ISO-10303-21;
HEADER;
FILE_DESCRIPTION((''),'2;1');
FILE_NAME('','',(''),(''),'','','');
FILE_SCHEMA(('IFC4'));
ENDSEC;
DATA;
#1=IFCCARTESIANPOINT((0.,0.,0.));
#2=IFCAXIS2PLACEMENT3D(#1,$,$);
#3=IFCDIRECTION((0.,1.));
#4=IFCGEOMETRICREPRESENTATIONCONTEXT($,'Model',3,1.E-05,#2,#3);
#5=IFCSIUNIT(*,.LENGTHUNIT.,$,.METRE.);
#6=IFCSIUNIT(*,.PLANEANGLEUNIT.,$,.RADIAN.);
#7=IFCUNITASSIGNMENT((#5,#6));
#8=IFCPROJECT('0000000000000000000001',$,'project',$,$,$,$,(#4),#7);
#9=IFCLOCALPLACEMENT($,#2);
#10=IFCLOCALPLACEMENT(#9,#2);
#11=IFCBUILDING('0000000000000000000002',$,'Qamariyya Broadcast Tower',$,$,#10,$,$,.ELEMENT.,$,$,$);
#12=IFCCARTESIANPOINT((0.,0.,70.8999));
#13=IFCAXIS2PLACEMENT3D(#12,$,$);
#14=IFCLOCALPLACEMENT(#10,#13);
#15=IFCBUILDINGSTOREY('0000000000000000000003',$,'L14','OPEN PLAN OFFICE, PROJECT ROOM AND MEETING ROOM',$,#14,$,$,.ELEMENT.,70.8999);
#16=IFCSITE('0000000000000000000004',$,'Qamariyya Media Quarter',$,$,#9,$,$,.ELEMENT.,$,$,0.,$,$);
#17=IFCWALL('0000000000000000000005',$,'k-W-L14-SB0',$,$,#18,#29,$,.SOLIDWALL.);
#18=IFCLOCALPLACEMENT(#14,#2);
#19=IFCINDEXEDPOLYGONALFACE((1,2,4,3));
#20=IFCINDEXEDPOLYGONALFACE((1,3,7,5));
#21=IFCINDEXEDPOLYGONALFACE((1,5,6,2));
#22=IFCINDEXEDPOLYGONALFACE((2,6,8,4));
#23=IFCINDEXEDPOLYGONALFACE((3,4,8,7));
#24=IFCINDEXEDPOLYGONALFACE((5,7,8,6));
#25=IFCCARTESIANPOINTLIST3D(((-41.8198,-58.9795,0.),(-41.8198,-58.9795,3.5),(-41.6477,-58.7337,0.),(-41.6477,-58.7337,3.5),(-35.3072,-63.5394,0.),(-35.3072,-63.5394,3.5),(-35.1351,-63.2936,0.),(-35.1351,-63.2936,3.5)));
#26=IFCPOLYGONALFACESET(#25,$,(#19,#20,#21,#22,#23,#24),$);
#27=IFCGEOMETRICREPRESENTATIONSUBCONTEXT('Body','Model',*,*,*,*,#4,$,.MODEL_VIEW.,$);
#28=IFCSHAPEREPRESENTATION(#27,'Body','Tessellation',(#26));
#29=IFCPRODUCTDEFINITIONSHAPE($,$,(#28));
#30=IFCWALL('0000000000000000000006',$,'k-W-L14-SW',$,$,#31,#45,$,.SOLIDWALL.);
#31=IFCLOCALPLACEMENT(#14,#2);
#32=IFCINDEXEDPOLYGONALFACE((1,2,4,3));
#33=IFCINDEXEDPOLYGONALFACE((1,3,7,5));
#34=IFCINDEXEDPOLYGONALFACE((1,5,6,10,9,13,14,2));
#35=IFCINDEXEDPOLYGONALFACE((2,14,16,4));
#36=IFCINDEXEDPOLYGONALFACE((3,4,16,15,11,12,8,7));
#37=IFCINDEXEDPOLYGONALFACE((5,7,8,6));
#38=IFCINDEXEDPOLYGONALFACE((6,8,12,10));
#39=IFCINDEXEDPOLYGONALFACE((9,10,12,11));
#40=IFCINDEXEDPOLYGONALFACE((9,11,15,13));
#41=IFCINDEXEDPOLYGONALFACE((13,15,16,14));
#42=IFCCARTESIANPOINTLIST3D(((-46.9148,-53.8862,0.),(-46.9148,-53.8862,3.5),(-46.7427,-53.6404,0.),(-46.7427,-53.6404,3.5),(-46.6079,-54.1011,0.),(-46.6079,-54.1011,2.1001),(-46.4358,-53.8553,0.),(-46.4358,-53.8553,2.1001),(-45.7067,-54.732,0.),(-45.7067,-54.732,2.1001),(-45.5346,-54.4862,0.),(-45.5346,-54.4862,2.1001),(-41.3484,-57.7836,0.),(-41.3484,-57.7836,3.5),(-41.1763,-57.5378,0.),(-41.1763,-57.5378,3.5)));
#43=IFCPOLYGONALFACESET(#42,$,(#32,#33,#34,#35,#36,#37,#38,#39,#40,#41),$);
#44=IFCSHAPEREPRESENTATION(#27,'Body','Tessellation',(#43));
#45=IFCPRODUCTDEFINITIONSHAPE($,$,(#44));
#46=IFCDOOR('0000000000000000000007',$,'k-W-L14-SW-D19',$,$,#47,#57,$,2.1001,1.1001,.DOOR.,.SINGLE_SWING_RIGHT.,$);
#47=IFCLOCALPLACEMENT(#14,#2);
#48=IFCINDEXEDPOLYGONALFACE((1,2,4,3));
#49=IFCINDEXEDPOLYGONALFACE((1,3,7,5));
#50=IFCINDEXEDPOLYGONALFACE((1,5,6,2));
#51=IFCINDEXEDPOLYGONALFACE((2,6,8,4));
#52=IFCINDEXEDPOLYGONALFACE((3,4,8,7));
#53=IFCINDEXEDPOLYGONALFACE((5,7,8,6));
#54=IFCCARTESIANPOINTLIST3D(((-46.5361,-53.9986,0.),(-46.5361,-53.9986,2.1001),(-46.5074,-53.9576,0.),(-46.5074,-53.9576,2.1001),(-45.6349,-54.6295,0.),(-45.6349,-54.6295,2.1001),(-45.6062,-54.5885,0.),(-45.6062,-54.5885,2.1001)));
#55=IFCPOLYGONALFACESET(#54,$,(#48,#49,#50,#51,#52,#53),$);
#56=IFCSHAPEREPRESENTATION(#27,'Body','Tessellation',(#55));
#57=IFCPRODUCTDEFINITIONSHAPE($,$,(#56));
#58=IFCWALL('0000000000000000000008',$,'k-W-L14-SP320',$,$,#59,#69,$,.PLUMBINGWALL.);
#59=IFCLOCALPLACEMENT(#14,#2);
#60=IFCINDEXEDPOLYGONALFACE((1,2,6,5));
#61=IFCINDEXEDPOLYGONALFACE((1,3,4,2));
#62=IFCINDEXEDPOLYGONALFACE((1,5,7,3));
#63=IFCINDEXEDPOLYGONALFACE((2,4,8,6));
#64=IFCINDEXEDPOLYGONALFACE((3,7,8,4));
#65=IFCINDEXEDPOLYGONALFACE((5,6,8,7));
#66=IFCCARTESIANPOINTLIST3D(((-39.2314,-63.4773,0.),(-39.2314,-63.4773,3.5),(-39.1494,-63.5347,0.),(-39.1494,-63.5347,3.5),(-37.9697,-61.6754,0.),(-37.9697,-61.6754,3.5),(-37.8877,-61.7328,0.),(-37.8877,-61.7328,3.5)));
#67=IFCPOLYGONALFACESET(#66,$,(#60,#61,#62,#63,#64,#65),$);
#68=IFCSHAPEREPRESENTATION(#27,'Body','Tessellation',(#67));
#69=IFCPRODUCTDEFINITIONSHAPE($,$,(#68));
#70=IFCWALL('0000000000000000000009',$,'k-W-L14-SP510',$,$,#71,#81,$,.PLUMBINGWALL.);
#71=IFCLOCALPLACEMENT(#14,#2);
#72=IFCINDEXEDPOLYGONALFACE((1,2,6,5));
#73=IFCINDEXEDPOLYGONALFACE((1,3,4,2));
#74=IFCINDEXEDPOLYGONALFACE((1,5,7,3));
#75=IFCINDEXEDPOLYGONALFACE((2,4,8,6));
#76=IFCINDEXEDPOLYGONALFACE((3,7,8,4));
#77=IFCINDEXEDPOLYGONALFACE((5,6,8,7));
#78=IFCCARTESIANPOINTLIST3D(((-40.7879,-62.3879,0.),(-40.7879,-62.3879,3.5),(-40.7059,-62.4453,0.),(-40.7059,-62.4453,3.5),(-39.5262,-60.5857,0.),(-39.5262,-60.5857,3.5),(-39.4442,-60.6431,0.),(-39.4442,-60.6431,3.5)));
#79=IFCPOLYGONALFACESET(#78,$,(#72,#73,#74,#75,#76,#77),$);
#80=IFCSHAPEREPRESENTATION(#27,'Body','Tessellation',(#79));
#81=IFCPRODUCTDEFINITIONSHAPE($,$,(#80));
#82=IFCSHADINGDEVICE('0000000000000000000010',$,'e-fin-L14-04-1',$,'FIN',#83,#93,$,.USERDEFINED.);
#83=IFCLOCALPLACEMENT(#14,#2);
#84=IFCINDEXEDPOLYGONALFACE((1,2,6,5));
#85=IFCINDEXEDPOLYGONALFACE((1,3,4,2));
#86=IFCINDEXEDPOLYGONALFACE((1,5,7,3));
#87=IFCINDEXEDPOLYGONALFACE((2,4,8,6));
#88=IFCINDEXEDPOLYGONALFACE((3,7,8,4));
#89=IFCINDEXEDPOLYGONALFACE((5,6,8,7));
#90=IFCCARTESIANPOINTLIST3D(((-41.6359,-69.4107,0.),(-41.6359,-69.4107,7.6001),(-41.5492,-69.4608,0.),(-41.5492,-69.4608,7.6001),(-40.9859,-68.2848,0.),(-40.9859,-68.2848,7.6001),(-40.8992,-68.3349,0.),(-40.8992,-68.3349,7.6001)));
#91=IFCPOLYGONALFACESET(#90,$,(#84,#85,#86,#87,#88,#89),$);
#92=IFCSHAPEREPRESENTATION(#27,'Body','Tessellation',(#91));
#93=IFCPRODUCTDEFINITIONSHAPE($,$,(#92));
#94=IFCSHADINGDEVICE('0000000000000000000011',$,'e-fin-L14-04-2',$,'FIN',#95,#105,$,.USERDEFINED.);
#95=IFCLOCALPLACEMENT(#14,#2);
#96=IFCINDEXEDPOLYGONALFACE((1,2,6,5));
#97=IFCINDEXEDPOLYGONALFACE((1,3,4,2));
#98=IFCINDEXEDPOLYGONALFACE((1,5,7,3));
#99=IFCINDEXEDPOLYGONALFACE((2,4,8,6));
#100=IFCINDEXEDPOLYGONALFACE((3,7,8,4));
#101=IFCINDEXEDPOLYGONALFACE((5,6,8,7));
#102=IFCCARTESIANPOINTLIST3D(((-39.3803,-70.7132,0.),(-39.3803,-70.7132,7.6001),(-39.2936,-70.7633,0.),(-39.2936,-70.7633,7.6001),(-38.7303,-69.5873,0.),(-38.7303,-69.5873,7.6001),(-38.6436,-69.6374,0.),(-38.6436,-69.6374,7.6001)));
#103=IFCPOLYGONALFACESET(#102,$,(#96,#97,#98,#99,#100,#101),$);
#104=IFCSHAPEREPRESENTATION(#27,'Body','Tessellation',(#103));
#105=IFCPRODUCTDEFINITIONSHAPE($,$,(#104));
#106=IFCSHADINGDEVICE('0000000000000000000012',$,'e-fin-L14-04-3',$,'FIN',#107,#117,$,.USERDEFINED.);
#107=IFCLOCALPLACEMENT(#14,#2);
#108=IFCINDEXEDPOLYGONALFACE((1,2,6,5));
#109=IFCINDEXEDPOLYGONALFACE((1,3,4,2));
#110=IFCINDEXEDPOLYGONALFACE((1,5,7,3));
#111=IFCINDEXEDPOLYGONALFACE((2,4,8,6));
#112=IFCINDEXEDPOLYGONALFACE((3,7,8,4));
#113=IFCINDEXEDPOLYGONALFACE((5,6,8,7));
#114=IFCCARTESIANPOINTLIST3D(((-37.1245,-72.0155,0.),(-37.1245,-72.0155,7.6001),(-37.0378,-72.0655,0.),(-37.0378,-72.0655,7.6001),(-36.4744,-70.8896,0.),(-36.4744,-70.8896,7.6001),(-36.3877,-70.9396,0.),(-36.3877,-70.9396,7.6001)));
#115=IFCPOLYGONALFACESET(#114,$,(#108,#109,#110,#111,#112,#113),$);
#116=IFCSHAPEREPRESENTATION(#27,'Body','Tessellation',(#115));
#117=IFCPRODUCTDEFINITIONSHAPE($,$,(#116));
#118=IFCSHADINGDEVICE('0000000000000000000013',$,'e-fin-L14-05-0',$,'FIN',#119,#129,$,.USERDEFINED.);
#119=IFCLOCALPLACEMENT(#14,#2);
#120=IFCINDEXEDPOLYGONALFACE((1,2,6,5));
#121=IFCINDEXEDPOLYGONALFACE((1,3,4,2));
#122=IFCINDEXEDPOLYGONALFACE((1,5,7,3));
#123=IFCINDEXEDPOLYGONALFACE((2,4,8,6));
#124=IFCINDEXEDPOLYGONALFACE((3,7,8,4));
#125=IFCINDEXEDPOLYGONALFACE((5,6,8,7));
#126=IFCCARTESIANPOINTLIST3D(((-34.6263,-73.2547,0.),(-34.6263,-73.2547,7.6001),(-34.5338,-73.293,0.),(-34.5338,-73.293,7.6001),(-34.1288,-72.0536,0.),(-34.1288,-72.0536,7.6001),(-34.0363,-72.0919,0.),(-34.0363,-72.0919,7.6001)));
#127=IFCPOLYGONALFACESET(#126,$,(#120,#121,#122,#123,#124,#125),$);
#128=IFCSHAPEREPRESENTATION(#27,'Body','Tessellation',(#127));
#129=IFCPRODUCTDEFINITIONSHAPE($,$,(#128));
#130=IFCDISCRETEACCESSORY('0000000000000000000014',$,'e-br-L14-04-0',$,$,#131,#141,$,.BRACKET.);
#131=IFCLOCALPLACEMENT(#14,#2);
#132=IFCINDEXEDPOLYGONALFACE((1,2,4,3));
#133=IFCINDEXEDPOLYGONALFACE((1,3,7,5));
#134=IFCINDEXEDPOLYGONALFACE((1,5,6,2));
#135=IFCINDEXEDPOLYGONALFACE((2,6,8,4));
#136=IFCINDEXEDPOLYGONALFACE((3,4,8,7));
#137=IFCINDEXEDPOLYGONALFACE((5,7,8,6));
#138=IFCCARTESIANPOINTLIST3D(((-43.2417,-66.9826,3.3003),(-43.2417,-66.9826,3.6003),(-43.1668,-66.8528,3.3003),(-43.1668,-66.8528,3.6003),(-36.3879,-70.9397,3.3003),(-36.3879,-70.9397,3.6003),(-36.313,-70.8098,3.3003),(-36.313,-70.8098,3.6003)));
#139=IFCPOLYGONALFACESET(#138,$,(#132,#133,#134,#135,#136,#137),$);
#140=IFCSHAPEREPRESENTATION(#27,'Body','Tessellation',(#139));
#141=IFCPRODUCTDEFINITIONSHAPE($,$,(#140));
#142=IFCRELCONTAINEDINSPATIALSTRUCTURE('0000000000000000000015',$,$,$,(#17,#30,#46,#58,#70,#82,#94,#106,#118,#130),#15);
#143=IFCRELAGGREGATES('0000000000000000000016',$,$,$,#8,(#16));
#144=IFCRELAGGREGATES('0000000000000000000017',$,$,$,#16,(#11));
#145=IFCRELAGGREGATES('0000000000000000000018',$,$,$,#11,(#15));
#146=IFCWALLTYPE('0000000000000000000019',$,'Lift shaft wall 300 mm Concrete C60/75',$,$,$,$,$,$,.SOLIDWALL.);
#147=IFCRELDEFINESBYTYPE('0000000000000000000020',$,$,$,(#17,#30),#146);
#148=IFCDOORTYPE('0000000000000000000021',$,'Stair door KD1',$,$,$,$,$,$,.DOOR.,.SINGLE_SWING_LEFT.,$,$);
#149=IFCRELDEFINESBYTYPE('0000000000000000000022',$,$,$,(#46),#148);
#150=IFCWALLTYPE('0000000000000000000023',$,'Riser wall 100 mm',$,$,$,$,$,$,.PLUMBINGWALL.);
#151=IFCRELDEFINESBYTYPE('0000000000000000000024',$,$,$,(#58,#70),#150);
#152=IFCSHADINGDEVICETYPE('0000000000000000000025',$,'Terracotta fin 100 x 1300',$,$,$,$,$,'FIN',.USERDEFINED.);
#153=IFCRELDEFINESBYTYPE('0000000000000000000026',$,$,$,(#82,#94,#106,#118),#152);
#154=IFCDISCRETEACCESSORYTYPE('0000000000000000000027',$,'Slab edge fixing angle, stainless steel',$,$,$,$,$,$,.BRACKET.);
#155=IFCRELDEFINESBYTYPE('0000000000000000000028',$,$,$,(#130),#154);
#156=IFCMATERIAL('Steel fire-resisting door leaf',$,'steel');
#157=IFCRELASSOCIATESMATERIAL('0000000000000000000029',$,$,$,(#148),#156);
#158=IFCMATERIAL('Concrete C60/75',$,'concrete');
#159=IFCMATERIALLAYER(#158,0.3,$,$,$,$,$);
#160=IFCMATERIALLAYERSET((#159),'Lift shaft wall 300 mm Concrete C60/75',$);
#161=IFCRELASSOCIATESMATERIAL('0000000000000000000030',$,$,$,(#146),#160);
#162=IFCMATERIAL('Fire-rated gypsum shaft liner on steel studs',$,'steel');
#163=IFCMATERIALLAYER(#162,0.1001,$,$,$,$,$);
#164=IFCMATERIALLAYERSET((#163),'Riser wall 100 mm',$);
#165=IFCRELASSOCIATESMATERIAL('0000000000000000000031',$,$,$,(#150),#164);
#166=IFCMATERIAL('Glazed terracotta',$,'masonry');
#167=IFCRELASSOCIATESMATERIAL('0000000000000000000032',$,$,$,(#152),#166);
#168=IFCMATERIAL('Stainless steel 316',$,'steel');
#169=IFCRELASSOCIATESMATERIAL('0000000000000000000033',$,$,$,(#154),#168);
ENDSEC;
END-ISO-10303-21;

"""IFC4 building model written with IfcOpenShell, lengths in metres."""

from ifc_helpers import new_model, si_unit, direction, frame, frame_2d, origin, origin_2d, place, context, subcontext, project, spatial, rectangle, extrude, material, layer, layer_set, material_profile, profile_set, type_object, element, fill, save


model = new_model("IFC4")

# Units and contexts
model_context = context("Model", 3, precision=1e-05, world=origin(), true_north=direction((0.0, 1.0)))
body_context = subcontext(model_context, "Body", "Model", "MODEL_VIEW")
ifc_project = project(units=[si_unit("LENGTHUNIT", "METRE"), si_unit("PLANEANGLEUNIT", "RADIAN")], contexts=[model_context])

# Site, building, storey
site_placement = place(None, origin())
site = spatial("IfcSite", under=ifc_project, at=site_placement, Name="Qamariyya Media Quarter", CompositionType="ELEMENT", RefElevation=0.0)
building_placement = place(site_placement, origin())
building = spatial("IfcBuilding", under=site, at=building_placement, Name="Qamariyya Broadcast Tower", CompositionType="ELEMENT")
storey_placement = place(building_placement, frame((0.0, 0.0, 70.8999)))
storey = spatial("IfcBuildingStorey", under=building, at=storey_placement, Name="L14", Description="OPEN PLAN OFFICE, PROJECT ROOM AND MEETING ROOM", CompositionType="ELEMENT", Elevation=70.8999)

# Shared definitions
ifc_material_1 = material(Name="Steel fire-resisting door leaf", Category="steel")

# Shared definitions
door_type_1 = type_object("IfcDoorType", Name="Stair door KD1", OperationType="SINGLE_SWING_LEFT", PredefinedType="DOOR", material=ifc_material_1)

# Shared definitions
ifc_material_2 = material(Name="Concrete C60/75", Category="concrete")
ifc_layer_1 = layer(ifc_material_2, 0.3)
ifc_layer_set_1 = layer_set([ifc_layer_1], Name="Lift shaft wall 300 mm Concrete C60/75")
wall_type_1 = type_object("IfcWallType", Name="Lift shaft wall 300 mm Concrete C60/75", PredefinedType="SOLIDWALL", material=ifc_layer_set_1)

# Wall
wall_1_placement = place(storey_placement, frame((-35.2212, -63.4165, 0.0), z_axis=(0.0, 0.0, 1.0), x_axis=(-0.819167, 0.573555, 0.0)))
element("IfcWall", 1, at=wall_1_placement, inside=storey, type_object=wall_type_1, Name="k-W-L14-SB0", PredefinedType="SOLIDWALL", context=body_context, shape_type="SweptSolid", body=[
    extrude(rectangle(XDim=7.9502, YDim=0.3, at=frame_2d((3.9751, 0.0))), origin(), (0.0, 0.0, 1.0), 3.5),
])

# Wall, opening, door
wall_2_placement = place(storey_placement, frame((-41.2625, -57.6606, 0.0), z_axis=(0.0, 0.0, 1.0), x_axis=(-0.819164, 0.573559, 0.0)))
wall_2 = element("IfcWall", 2, at=wall_2_placement, inside=storey, type_object=wall_type_1, Name="k-W-L14-SW", PredefinedType="SOLIDWALL", context=body_context, shape_type="SweptSolid", body=[
    extrude(rectangle(XDim=6.7952, YDim=0.3, at=frame_2d((3.3975, 0.0))), origin(), (0.0, 0.0, 1.0), 3.5),
])
opening_1_placement = place(wall_2_placement, frame((5.3203, 0.0, 0.0)))
opening_1 = element("IfcOpeningElement", 3, at=opening_1_placement, cuts=wall_2, PredefinedType="OPENING", context=body_context, shape_type="SweptSolid", body=[
    extrude(rectangle(XDim=1.1001, YDim=2.1001, at=frame_2d((0.55, 1.05))), frame((0.0, 0.1599, 0.0), z_axis=(0.0, -1.0, 0.0), x_axis=(1.0, 0.0, 0.0)), (0.0, 0.0, 1.0), 0.3201),
])
door_1_placement = place(opening_1_placement, origin())
door_1 = element("IfcDoor", 4, at=door_1_placement, inside=storey, type_object=door_type_1, Name="k-W-L14-SW-D19", OperationType="SINGLE_SWING_RIGHT", OverallHeight=2.1001, OverallWidth=1.1001, PredefinedType="DOOR", context=body_context, shape_type="SweptSolid", body=[
    extrude(rectangle(XDim=1.1001, YDim=2.1001, at=frame_2d((0.55, 1.05))), frame((0.0, 0.0249, 0.0), z_axis=(0.0, -1.0, 0.0), x_axis=(1.0, 0.0, 0.0)), (0.0, 0.0, 1.0), 0.05),
])
fill(opening_1, door_1)

# Walls
ifc_material_3 = material(Name="Fire-rated gypsum shaft liner on steel studs", Category="steel")
ifc_layer_2 = layer(ifc_material_3, 0.1001)
ifc_layer_set_2 = layer_set([ifc_layer_2], Name="Riser wall 100 mm")
wall_type_2 = type_object("IfcWallType", Name="Riser wall 100 mm", PredefinedType="PLUMBINGWALL", material=ifc_layer_set_2)
wall_3_placement = place(storey_placement, frame((-37.9287, -61.7041, 0.0), z_axis=(0.0, 0.0, 1.0), x_axis=(-0.573559, -0.819164, 0.0)))
element("IfcWall", 5, at=wall_3_placement, inside=storey, type_object=wall_type_2, Name="k-W-L14-SP320", PredefinedType="PLUMBINGWALL", context=body_context, shape_type="SweptSolid", body=[
    extrude(rectangle(XDim=2.1997, YDim=0.1001, at=frame_2d((1.0999, 0.0))), origin(), (0.0, 0.0, 1.0), 3.5),
])
wall_4_placement = place(storey_placement, frame((-39.4851, -60.6143, 0.0), z_axis=(0.0, 0.0, 1.0), x_axis=(-0.573507, -0.819201, 0.0)))
element("IfcWall", 6, at=wall_4_placement, inside=storey, type_object=wall_type_2, Name="k-W-L14-SP510", PredefinedType="PLUMBINGWALL", context=body_context, shape_type="SweptSolid", body=[
    extrude(rectangle(XDim=2.2, YDim=0.1001, at=frame_2d((1.1001, 0.0))), origin(), (0.0, 0.0, 1.0), 3.5),
])

# Shading devices
ifc_material_4 = material(Name="Glazed terracotta", Category="masonry")
ifc_material_profile_1 = material_profile(ifc_material_4, rectangle(XDim=1.3, YDim=0.1001, at=origin_2d()))
ifc_profile_set_1 = profile_set([ifc_material_profile_1], Name="Glazed terracotta")
shading_device_type_1 = type_object("IfcShadingDeviceType", Name="Terracotta fin 100 x 1300", ElementType="FIN", PredefinedType="USERDEFINED", material=ifc_profile_set_1)
for number, where, z_axis, x_axis, name in (
    (7, (-41.2676, -68.8728, 0.0), (0.0, 0.0, 1.0), (-0.5, -0.866025, 0.0), "e-fin-L14-04-1"),
    (8, (-39.012, -70.1753, 0.0), (0.0, 0.0, 1.0), (-0.5, -0.866025, 0.0), "e-fin-L14-04-2"),
    (9, (-36.7561, -71.4775, 0.0), (0.0, 0.0, 1.0), (-0.5, -0.866025, 0.0), "e-fin-L14-04-3"),
    (10, (-34.3313, -72.6733, 0.0), (0.0, 0.0, 1.0), (-0.382683, -0.92388, 0.0), "e-fin-L14-05-0"),
):
    element("IfcShadingDevice", number, at=place(storey_placement, frame(where, z_axis=z_axis, x_axis=x_axis)), inside=storey, type_object=shading_device_type_1, Name=name, ObjectType="FIN", PredefinedType="USERDEFINED", context=body_context, shape_type="SweptSolid", body=[
        extrude(rectangle(XDim=1.3, YDim=0.1001, at=origin_2d()), origin(), (0.0, 0.0, 1.0), 7.6001),
    ])

# Discrete accessory
ifc_material_5 = material(Name="Stainless steel 316", Category="steel")
discrete_accessory_type = type_object("IfcDiscreteAccessoryType", Name="Slab edge fixing angle, stainless steel", PredefinedType="BRACKET", material=ifc_material_5)
discrete_accessory_placement = place(storey_placement, frame((-39.7773, -68.8962, 3.3003), z_axis=(0.0, 0.0, 1.0), x_axis=(0.866025, -0.5, 0.0)))
element("IfcDiscreteAccessory", 11, at=discrete_accessory_placement, inside=storey, type_object=discrete_accessory_type, Name="e-br-L14-04-0", PredefinedType="BRACKET", context=body_context, shape_type="SweptSolid", body=[
    extrude(rectangle(XDim=7.9141, YDim=0.1499, at=origin_2d()), origin(), (0.0, 0.0, 1.0), 0.3),
])

save(model, "model.ifc")
